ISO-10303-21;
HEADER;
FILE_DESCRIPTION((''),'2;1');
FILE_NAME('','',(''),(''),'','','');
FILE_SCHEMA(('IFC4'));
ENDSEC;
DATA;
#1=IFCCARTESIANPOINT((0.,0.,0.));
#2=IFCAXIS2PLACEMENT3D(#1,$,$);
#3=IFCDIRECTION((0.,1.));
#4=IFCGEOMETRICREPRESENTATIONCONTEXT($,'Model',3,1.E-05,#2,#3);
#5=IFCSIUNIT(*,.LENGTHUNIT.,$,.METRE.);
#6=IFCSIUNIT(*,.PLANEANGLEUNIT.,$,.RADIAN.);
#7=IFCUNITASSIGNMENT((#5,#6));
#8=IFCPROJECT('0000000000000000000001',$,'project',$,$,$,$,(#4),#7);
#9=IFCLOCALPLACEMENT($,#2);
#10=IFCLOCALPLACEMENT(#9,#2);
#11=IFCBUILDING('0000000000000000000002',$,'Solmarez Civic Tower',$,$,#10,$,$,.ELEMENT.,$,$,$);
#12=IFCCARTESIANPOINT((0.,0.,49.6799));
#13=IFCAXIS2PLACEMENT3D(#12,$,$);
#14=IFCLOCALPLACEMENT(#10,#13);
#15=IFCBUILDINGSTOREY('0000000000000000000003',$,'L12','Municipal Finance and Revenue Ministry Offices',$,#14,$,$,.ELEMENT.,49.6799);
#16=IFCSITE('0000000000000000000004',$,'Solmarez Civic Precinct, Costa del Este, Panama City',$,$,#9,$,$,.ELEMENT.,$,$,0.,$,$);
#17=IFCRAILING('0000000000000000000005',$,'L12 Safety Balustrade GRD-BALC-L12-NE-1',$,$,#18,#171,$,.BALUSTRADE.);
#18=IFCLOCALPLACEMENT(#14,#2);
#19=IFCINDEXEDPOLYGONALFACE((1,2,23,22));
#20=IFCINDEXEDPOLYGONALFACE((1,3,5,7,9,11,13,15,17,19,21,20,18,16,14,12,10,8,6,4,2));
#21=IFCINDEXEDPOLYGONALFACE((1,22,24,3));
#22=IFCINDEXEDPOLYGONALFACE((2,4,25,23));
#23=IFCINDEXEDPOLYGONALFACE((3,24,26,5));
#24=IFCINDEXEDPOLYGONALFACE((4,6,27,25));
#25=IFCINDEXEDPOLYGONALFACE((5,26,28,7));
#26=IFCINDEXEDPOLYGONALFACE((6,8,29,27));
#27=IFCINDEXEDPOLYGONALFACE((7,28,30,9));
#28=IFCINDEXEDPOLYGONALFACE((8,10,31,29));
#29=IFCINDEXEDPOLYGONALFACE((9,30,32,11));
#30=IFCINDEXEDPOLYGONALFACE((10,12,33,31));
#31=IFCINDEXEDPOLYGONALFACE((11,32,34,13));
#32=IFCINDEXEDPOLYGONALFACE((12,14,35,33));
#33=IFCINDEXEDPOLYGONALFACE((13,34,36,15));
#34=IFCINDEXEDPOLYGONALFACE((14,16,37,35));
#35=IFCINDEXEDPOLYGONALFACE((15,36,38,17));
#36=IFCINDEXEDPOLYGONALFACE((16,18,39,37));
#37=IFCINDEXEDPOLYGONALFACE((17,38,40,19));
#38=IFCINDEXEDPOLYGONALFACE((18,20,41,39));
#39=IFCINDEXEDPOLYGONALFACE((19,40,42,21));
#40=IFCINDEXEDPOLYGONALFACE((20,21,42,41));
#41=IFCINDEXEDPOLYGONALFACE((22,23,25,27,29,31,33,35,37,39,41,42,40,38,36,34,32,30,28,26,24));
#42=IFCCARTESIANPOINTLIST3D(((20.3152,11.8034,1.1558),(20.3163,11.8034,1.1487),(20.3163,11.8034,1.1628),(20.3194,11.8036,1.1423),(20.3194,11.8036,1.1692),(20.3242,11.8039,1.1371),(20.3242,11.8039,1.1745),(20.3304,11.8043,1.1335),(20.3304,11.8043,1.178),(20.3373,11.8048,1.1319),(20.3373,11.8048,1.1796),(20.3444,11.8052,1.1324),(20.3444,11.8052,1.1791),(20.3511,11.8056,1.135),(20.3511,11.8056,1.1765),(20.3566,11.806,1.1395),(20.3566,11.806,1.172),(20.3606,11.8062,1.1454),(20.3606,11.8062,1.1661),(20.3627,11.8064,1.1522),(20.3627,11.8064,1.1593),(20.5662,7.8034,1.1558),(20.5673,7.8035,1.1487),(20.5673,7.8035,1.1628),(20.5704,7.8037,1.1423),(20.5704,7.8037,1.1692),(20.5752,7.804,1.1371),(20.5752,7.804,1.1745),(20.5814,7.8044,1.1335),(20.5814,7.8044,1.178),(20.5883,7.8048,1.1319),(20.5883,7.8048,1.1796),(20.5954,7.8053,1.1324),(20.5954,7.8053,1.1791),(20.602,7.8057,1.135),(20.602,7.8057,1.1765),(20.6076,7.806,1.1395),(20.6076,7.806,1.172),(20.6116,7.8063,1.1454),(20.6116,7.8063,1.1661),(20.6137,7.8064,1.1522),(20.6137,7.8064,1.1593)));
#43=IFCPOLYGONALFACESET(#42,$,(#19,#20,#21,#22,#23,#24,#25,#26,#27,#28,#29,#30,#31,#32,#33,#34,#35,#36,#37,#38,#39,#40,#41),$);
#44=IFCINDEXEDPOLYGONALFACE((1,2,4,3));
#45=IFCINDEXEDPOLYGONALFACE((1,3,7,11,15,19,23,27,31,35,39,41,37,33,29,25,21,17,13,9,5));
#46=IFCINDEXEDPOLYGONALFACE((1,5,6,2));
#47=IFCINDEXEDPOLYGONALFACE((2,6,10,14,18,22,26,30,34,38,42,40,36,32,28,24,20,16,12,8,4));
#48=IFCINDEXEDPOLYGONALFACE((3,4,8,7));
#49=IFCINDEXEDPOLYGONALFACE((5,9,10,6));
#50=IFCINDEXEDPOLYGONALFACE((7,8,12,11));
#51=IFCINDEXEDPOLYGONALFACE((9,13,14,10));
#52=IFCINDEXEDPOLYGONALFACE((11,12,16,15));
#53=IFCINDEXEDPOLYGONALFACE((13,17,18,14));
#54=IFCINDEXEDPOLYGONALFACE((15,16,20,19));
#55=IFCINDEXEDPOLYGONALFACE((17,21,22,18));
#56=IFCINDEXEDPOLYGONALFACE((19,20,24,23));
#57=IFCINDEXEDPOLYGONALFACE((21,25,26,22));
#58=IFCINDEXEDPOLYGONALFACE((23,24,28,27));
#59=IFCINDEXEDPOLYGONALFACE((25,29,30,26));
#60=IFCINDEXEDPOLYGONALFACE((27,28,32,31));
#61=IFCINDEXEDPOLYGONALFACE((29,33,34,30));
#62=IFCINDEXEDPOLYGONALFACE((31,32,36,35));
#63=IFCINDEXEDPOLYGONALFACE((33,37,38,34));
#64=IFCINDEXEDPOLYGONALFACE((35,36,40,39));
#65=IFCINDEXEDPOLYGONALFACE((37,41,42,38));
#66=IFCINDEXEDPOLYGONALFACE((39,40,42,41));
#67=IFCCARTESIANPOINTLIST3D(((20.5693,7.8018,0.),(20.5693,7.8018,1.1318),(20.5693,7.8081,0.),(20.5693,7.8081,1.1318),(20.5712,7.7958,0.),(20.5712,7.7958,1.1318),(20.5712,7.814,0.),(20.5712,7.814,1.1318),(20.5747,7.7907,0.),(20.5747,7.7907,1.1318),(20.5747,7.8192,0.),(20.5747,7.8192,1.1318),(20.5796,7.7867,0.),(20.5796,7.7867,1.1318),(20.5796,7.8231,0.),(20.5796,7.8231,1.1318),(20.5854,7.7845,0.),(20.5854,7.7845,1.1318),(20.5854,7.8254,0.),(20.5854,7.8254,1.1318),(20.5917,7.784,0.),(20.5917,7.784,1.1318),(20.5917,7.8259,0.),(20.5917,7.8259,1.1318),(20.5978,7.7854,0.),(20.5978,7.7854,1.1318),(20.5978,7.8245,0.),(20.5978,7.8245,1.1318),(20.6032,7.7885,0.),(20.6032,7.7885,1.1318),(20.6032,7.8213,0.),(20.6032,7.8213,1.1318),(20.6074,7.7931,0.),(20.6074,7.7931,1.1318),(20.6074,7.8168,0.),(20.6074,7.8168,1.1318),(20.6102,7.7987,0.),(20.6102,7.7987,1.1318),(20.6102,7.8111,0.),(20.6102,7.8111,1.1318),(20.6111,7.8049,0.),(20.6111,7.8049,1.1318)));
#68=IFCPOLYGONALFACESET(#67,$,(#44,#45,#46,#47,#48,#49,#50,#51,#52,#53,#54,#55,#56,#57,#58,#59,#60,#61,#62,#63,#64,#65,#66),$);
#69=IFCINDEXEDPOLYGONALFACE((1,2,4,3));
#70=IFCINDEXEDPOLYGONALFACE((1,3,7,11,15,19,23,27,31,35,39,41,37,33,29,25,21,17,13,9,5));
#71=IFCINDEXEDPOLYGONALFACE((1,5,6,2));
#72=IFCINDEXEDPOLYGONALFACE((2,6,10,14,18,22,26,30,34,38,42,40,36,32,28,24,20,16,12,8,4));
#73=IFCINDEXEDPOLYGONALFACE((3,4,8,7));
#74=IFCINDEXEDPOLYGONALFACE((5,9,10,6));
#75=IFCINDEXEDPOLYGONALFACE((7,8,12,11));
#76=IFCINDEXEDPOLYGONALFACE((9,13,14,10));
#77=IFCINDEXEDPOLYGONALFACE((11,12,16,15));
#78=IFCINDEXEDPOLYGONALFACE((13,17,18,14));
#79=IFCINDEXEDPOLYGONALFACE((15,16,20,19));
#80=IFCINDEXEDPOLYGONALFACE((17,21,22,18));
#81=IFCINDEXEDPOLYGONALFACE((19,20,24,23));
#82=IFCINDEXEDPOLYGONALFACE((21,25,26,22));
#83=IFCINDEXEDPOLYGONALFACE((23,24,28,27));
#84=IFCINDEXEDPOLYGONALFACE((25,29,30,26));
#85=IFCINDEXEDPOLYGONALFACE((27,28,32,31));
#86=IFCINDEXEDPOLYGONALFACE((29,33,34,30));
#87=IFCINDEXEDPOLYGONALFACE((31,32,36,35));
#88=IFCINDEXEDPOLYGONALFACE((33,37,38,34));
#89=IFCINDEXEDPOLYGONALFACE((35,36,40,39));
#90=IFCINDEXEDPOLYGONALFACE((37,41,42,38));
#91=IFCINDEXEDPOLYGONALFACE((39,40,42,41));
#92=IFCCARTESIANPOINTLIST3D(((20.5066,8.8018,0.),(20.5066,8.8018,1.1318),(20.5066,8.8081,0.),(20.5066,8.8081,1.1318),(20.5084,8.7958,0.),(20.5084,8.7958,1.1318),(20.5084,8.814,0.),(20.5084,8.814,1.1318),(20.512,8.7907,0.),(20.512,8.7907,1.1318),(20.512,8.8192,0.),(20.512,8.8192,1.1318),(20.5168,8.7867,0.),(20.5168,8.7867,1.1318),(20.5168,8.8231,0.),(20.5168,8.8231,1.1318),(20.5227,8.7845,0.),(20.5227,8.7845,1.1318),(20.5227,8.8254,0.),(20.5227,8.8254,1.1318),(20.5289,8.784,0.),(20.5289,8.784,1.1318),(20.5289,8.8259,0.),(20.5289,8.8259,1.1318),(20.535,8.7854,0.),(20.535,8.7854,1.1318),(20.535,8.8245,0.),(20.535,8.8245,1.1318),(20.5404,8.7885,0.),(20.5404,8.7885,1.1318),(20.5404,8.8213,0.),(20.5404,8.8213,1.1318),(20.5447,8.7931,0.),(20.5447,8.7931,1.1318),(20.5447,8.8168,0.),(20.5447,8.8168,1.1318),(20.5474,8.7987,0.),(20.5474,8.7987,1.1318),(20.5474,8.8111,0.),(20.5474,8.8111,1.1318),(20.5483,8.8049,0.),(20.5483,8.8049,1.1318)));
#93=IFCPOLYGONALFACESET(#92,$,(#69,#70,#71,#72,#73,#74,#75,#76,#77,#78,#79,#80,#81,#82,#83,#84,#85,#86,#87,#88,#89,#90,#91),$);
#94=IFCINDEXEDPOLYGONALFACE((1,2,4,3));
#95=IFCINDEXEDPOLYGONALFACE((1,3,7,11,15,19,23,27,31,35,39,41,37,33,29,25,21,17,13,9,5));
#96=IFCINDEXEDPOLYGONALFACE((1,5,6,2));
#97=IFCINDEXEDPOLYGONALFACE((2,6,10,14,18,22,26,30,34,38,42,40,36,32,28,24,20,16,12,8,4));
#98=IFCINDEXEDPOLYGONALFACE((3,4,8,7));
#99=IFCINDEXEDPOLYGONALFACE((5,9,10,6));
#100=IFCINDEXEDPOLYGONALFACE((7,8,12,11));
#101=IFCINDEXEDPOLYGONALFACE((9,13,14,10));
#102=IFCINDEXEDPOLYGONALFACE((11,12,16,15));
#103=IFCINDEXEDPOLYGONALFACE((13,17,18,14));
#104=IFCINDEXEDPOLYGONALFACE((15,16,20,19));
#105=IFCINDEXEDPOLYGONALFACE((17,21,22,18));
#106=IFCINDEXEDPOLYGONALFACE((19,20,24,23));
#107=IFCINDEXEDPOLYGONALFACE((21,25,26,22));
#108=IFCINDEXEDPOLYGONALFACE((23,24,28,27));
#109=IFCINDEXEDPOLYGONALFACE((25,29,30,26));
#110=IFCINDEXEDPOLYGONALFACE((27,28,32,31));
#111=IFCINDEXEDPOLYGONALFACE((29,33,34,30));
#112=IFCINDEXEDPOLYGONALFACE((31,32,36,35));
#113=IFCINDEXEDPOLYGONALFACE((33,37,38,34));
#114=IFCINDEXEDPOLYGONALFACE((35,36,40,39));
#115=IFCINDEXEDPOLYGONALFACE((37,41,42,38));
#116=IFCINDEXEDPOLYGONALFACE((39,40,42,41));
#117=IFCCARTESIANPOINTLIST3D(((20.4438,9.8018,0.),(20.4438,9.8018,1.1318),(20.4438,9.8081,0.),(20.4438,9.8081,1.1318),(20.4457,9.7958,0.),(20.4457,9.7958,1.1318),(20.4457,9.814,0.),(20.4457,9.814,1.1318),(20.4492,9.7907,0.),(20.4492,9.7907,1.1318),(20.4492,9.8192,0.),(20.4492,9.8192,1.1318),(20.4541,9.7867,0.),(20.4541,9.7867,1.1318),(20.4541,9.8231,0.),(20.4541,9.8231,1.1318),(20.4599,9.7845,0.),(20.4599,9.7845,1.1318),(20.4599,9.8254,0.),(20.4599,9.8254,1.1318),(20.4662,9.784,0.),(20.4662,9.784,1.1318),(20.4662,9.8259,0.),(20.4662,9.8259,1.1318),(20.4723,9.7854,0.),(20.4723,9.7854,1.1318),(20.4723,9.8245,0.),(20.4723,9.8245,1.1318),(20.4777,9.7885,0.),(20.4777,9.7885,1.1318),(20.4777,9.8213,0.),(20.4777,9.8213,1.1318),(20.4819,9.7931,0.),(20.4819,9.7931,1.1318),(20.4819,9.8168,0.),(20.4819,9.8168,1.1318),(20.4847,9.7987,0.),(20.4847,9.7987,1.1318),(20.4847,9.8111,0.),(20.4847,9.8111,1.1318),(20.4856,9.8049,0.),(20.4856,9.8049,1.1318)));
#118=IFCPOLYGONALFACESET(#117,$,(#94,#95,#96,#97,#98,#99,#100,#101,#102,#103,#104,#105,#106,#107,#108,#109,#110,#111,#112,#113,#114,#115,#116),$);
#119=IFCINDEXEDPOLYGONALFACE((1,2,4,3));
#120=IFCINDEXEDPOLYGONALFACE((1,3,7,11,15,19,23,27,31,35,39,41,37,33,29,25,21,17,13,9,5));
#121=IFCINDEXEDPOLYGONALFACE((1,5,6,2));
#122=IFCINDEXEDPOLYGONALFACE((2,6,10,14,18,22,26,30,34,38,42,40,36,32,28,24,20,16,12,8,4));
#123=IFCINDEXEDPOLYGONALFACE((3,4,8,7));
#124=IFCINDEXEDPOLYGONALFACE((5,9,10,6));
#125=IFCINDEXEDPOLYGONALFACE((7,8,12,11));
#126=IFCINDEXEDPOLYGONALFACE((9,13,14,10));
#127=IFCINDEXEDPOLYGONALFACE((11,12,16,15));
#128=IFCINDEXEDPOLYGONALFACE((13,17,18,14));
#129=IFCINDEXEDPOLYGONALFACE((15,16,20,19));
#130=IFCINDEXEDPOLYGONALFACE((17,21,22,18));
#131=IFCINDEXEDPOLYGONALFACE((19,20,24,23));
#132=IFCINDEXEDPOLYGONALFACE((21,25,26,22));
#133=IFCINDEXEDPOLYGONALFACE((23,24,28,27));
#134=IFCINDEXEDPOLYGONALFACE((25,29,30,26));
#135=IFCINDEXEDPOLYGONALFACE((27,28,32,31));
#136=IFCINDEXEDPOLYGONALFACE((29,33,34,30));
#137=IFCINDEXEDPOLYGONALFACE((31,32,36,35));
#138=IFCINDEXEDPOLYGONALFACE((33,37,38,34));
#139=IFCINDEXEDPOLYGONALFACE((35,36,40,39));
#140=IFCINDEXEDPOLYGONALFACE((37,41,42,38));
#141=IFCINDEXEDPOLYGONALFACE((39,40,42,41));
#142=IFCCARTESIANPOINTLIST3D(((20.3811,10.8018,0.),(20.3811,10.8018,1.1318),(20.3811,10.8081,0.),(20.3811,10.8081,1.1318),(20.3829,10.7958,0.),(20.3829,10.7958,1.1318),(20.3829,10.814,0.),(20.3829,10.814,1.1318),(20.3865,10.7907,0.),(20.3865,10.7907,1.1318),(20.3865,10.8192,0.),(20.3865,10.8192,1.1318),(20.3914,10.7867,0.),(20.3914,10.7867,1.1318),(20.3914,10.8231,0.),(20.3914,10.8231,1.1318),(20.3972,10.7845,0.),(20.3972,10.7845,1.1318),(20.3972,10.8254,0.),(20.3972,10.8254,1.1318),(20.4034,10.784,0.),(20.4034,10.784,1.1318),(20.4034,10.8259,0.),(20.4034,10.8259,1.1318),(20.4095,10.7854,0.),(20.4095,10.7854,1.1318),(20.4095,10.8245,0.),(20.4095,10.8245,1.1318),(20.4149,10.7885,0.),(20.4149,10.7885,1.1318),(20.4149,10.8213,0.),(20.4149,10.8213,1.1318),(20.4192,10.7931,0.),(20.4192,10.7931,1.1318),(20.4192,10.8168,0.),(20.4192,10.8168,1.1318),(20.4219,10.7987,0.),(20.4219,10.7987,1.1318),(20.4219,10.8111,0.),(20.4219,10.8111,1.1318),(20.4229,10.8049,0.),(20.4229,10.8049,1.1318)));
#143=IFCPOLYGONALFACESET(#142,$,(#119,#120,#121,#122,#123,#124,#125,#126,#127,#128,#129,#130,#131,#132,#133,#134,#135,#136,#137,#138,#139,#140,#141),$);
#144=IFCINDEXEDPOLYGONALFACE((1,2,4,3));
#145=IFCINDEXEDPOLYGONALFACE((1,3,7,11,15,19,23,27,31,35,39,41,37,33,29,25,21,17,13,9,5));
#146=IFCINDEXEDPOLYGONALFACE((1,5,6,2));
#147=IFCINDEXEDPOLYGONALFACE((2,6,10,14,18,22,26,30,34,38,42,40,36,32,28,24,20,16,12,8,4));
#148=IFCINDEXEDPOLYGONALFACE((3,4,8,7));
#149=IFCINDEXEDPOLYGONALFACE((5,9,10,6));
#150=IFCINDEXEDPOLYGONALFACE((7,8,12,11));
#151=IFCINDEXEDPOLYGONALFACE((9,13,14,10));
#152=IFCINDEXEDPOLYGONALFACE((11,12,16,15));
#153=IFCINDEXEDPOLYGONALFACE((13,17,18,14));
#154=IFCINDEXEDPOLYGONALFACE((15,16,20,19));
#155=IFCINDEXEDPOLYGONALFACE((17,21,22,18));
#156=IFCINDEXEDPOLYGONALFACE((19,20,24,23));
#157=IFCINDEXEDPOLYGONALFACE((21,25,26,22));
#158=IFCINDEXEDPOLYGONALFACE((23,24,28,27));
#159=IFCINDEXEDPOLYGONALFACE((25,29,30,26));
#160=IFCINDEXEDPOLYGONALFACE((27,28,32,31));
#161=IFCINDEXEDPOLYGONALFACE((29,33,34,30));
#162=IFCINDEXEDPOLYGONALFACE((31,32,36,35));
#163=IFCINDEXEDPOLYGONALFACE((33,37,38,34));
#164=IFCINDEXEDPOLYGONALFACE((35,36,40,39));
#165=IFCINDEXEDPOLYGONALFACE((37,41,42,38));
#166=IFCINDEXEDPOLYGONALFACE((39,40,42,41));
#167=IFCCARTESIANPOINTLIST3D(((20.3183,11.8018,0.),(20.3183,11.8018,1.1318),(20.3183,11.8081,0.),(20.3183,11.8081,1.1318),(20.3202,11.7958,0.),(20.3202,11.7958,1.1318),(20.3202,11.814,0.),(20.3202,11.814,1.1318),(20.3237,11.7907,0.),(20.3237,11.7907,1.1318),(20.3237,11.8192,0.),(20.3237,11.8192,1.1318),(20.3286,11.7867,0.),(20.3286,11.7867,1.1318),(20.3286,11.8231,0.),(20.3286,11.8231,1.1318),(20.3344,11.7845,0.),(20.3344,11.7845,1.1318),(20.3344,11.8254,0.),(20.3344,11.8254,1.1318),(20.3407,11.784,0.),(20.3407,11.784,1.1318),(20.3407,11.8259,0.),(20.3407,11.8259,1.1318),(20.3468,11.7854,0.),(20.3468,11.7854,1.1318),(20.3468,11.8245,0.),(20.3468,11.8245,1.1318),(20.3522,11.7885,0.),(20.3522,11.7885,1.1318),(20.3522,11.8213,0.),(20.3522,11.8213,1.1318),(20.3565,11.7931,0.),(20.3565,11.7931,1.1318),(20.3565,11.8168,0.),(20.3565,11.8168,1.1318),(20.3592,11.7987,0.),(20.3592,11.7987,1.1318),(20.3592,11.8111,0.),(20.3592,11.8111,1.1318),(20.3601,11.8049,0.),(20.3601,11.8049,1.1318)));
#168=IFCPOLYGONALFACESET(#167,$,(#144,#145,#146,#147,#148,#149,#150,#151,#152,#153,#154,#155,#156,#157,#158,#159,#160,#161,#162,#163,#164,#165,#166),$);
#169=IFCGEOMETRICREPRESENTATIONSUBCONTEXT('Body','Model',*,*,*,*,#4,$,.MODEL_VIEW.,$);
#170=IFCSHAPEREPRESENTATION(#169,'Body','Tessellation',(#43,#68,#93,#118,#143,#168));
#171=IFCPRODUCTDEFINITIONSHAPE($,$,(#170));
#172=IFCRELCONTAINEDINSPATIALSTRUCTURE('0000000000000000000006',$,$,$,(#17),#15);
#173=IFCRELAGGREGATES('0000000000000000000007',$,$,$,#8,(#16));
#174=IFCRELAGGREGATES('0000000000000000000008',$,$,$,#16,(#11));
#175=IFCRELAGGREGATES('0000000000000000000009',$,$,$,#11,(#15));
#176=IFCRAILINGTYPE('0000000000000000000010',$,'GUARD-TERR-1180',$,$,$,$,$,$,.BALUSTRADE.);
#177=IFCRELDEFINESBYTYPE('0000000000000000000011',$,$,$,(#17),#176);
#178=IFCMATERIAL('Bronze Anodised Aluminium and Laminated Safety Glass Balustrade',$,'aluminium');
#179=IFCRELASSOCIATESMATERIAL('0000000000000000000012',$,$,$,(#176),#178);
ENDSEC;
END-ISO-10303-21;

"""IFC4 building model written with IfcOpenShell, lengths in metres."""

from ifc_helpers import new_model, si_unit, direction, frame, origin, origin_2d, place, context, subcontext, project, spatial, circle, extrude, material, type_object, element, save


model = new_model("IFC4")

# Units and contexts
model_context = context("Model", 3, precision=1e-05, world=origin(), true_north=direction((0.0, 1.0)))
body_context = subcontext(model_context, "Body", "Model", "MODEL_VIEW")
ifc_project = project(units=[si_unit("LENGTHUNIT", "METRE"), si_unit("PLANEANGLEUNIT", "RADIAN")], contexts=[model_context])

# Site, building, storey
site_placement = place(None, origin())
site = spatial("IfcSite", under=ifc_project, at=site_placement, Name="Solmarez Civic Precinct, Costa del Este, Panama City", CompositionType="ELEMENT", RefElevation=0.0)
building_placement = place(site_placement, origin())
building = spatial("IfcBuilding", under=site, at=building_placement, Name="Solmarez Civic Tower", CompositionType="ELEMENT")
storey_placement = place(building_placement, frame((0.0, 0.0, 49.6799)))
storey = spatial("IfcBuildingStorey", under=building, at=storey_placement, Name="L12", Description="Municipal Finance and Revenue Ministry Offices", CompositionType="ELEMENT", Elevation=49.6799)

# Railing
ifc_material_1 = material(Name="Bronze Anodised Aluminium and Laminated Safety Glass Balustrade", Category="aluminium")
railing_type = type_object("IfcRailingType", Name="GUARD-TERR-1180", PredefinedType="BALUSTRADE", material=ifc_material_1)
railing_1_placement = place(storey_placement, frame((20.5901, 7.8049, 0.0)))
element("IfcRailing", 1, at=railing_1_placement, inside=storey, type_object=railing_type, Name="L12 Safety Balustrade GRD-BALC-L12-NE-1", PredefinedType="BALUSTRADE", context=body_context, shape_type="SweptSolid", body=[
    extrude(circle(Radius=0.0239, at=origin_2d()), frame((0.0, 0.0, 1.1558), z_axis=(-0.062621, 0.998037, 0.0), x_axis=(-0.998037, -0.062621, 0.0)), (0.0, 0.0, 1.0), 4.0078),
    extrude(circle(Radius=0.021, at=origin_2d()), origin(), (0.0, 0.0, 1.0), 1.1318),
    extrude(circle(Radius=0.021, at=origin_2d()), frame((-0.0627, 1.0, 0.0)), (0.0, 0.0, 1.0), 1.1318),
    extrude(circle(Radius=0.021, at=origin_2d()), frame((-0.1255, 2.0, 0.0)), (0.0, 0.0, 1.0), 1.1318),
    extrude(circle(Radius=0.021, at=origin_2d()), frame((-0.1882, 3.0, 0.0)), (0.0, 0.0, 1.0), 1.1318),
    extrude(circle(Radius=0.021, at=origin_2d()), frame((-0.251, 4.0, 0.0)), (0.0, 0.0, 1.0), 1.1318),
])

save(model, "model.ifc")
